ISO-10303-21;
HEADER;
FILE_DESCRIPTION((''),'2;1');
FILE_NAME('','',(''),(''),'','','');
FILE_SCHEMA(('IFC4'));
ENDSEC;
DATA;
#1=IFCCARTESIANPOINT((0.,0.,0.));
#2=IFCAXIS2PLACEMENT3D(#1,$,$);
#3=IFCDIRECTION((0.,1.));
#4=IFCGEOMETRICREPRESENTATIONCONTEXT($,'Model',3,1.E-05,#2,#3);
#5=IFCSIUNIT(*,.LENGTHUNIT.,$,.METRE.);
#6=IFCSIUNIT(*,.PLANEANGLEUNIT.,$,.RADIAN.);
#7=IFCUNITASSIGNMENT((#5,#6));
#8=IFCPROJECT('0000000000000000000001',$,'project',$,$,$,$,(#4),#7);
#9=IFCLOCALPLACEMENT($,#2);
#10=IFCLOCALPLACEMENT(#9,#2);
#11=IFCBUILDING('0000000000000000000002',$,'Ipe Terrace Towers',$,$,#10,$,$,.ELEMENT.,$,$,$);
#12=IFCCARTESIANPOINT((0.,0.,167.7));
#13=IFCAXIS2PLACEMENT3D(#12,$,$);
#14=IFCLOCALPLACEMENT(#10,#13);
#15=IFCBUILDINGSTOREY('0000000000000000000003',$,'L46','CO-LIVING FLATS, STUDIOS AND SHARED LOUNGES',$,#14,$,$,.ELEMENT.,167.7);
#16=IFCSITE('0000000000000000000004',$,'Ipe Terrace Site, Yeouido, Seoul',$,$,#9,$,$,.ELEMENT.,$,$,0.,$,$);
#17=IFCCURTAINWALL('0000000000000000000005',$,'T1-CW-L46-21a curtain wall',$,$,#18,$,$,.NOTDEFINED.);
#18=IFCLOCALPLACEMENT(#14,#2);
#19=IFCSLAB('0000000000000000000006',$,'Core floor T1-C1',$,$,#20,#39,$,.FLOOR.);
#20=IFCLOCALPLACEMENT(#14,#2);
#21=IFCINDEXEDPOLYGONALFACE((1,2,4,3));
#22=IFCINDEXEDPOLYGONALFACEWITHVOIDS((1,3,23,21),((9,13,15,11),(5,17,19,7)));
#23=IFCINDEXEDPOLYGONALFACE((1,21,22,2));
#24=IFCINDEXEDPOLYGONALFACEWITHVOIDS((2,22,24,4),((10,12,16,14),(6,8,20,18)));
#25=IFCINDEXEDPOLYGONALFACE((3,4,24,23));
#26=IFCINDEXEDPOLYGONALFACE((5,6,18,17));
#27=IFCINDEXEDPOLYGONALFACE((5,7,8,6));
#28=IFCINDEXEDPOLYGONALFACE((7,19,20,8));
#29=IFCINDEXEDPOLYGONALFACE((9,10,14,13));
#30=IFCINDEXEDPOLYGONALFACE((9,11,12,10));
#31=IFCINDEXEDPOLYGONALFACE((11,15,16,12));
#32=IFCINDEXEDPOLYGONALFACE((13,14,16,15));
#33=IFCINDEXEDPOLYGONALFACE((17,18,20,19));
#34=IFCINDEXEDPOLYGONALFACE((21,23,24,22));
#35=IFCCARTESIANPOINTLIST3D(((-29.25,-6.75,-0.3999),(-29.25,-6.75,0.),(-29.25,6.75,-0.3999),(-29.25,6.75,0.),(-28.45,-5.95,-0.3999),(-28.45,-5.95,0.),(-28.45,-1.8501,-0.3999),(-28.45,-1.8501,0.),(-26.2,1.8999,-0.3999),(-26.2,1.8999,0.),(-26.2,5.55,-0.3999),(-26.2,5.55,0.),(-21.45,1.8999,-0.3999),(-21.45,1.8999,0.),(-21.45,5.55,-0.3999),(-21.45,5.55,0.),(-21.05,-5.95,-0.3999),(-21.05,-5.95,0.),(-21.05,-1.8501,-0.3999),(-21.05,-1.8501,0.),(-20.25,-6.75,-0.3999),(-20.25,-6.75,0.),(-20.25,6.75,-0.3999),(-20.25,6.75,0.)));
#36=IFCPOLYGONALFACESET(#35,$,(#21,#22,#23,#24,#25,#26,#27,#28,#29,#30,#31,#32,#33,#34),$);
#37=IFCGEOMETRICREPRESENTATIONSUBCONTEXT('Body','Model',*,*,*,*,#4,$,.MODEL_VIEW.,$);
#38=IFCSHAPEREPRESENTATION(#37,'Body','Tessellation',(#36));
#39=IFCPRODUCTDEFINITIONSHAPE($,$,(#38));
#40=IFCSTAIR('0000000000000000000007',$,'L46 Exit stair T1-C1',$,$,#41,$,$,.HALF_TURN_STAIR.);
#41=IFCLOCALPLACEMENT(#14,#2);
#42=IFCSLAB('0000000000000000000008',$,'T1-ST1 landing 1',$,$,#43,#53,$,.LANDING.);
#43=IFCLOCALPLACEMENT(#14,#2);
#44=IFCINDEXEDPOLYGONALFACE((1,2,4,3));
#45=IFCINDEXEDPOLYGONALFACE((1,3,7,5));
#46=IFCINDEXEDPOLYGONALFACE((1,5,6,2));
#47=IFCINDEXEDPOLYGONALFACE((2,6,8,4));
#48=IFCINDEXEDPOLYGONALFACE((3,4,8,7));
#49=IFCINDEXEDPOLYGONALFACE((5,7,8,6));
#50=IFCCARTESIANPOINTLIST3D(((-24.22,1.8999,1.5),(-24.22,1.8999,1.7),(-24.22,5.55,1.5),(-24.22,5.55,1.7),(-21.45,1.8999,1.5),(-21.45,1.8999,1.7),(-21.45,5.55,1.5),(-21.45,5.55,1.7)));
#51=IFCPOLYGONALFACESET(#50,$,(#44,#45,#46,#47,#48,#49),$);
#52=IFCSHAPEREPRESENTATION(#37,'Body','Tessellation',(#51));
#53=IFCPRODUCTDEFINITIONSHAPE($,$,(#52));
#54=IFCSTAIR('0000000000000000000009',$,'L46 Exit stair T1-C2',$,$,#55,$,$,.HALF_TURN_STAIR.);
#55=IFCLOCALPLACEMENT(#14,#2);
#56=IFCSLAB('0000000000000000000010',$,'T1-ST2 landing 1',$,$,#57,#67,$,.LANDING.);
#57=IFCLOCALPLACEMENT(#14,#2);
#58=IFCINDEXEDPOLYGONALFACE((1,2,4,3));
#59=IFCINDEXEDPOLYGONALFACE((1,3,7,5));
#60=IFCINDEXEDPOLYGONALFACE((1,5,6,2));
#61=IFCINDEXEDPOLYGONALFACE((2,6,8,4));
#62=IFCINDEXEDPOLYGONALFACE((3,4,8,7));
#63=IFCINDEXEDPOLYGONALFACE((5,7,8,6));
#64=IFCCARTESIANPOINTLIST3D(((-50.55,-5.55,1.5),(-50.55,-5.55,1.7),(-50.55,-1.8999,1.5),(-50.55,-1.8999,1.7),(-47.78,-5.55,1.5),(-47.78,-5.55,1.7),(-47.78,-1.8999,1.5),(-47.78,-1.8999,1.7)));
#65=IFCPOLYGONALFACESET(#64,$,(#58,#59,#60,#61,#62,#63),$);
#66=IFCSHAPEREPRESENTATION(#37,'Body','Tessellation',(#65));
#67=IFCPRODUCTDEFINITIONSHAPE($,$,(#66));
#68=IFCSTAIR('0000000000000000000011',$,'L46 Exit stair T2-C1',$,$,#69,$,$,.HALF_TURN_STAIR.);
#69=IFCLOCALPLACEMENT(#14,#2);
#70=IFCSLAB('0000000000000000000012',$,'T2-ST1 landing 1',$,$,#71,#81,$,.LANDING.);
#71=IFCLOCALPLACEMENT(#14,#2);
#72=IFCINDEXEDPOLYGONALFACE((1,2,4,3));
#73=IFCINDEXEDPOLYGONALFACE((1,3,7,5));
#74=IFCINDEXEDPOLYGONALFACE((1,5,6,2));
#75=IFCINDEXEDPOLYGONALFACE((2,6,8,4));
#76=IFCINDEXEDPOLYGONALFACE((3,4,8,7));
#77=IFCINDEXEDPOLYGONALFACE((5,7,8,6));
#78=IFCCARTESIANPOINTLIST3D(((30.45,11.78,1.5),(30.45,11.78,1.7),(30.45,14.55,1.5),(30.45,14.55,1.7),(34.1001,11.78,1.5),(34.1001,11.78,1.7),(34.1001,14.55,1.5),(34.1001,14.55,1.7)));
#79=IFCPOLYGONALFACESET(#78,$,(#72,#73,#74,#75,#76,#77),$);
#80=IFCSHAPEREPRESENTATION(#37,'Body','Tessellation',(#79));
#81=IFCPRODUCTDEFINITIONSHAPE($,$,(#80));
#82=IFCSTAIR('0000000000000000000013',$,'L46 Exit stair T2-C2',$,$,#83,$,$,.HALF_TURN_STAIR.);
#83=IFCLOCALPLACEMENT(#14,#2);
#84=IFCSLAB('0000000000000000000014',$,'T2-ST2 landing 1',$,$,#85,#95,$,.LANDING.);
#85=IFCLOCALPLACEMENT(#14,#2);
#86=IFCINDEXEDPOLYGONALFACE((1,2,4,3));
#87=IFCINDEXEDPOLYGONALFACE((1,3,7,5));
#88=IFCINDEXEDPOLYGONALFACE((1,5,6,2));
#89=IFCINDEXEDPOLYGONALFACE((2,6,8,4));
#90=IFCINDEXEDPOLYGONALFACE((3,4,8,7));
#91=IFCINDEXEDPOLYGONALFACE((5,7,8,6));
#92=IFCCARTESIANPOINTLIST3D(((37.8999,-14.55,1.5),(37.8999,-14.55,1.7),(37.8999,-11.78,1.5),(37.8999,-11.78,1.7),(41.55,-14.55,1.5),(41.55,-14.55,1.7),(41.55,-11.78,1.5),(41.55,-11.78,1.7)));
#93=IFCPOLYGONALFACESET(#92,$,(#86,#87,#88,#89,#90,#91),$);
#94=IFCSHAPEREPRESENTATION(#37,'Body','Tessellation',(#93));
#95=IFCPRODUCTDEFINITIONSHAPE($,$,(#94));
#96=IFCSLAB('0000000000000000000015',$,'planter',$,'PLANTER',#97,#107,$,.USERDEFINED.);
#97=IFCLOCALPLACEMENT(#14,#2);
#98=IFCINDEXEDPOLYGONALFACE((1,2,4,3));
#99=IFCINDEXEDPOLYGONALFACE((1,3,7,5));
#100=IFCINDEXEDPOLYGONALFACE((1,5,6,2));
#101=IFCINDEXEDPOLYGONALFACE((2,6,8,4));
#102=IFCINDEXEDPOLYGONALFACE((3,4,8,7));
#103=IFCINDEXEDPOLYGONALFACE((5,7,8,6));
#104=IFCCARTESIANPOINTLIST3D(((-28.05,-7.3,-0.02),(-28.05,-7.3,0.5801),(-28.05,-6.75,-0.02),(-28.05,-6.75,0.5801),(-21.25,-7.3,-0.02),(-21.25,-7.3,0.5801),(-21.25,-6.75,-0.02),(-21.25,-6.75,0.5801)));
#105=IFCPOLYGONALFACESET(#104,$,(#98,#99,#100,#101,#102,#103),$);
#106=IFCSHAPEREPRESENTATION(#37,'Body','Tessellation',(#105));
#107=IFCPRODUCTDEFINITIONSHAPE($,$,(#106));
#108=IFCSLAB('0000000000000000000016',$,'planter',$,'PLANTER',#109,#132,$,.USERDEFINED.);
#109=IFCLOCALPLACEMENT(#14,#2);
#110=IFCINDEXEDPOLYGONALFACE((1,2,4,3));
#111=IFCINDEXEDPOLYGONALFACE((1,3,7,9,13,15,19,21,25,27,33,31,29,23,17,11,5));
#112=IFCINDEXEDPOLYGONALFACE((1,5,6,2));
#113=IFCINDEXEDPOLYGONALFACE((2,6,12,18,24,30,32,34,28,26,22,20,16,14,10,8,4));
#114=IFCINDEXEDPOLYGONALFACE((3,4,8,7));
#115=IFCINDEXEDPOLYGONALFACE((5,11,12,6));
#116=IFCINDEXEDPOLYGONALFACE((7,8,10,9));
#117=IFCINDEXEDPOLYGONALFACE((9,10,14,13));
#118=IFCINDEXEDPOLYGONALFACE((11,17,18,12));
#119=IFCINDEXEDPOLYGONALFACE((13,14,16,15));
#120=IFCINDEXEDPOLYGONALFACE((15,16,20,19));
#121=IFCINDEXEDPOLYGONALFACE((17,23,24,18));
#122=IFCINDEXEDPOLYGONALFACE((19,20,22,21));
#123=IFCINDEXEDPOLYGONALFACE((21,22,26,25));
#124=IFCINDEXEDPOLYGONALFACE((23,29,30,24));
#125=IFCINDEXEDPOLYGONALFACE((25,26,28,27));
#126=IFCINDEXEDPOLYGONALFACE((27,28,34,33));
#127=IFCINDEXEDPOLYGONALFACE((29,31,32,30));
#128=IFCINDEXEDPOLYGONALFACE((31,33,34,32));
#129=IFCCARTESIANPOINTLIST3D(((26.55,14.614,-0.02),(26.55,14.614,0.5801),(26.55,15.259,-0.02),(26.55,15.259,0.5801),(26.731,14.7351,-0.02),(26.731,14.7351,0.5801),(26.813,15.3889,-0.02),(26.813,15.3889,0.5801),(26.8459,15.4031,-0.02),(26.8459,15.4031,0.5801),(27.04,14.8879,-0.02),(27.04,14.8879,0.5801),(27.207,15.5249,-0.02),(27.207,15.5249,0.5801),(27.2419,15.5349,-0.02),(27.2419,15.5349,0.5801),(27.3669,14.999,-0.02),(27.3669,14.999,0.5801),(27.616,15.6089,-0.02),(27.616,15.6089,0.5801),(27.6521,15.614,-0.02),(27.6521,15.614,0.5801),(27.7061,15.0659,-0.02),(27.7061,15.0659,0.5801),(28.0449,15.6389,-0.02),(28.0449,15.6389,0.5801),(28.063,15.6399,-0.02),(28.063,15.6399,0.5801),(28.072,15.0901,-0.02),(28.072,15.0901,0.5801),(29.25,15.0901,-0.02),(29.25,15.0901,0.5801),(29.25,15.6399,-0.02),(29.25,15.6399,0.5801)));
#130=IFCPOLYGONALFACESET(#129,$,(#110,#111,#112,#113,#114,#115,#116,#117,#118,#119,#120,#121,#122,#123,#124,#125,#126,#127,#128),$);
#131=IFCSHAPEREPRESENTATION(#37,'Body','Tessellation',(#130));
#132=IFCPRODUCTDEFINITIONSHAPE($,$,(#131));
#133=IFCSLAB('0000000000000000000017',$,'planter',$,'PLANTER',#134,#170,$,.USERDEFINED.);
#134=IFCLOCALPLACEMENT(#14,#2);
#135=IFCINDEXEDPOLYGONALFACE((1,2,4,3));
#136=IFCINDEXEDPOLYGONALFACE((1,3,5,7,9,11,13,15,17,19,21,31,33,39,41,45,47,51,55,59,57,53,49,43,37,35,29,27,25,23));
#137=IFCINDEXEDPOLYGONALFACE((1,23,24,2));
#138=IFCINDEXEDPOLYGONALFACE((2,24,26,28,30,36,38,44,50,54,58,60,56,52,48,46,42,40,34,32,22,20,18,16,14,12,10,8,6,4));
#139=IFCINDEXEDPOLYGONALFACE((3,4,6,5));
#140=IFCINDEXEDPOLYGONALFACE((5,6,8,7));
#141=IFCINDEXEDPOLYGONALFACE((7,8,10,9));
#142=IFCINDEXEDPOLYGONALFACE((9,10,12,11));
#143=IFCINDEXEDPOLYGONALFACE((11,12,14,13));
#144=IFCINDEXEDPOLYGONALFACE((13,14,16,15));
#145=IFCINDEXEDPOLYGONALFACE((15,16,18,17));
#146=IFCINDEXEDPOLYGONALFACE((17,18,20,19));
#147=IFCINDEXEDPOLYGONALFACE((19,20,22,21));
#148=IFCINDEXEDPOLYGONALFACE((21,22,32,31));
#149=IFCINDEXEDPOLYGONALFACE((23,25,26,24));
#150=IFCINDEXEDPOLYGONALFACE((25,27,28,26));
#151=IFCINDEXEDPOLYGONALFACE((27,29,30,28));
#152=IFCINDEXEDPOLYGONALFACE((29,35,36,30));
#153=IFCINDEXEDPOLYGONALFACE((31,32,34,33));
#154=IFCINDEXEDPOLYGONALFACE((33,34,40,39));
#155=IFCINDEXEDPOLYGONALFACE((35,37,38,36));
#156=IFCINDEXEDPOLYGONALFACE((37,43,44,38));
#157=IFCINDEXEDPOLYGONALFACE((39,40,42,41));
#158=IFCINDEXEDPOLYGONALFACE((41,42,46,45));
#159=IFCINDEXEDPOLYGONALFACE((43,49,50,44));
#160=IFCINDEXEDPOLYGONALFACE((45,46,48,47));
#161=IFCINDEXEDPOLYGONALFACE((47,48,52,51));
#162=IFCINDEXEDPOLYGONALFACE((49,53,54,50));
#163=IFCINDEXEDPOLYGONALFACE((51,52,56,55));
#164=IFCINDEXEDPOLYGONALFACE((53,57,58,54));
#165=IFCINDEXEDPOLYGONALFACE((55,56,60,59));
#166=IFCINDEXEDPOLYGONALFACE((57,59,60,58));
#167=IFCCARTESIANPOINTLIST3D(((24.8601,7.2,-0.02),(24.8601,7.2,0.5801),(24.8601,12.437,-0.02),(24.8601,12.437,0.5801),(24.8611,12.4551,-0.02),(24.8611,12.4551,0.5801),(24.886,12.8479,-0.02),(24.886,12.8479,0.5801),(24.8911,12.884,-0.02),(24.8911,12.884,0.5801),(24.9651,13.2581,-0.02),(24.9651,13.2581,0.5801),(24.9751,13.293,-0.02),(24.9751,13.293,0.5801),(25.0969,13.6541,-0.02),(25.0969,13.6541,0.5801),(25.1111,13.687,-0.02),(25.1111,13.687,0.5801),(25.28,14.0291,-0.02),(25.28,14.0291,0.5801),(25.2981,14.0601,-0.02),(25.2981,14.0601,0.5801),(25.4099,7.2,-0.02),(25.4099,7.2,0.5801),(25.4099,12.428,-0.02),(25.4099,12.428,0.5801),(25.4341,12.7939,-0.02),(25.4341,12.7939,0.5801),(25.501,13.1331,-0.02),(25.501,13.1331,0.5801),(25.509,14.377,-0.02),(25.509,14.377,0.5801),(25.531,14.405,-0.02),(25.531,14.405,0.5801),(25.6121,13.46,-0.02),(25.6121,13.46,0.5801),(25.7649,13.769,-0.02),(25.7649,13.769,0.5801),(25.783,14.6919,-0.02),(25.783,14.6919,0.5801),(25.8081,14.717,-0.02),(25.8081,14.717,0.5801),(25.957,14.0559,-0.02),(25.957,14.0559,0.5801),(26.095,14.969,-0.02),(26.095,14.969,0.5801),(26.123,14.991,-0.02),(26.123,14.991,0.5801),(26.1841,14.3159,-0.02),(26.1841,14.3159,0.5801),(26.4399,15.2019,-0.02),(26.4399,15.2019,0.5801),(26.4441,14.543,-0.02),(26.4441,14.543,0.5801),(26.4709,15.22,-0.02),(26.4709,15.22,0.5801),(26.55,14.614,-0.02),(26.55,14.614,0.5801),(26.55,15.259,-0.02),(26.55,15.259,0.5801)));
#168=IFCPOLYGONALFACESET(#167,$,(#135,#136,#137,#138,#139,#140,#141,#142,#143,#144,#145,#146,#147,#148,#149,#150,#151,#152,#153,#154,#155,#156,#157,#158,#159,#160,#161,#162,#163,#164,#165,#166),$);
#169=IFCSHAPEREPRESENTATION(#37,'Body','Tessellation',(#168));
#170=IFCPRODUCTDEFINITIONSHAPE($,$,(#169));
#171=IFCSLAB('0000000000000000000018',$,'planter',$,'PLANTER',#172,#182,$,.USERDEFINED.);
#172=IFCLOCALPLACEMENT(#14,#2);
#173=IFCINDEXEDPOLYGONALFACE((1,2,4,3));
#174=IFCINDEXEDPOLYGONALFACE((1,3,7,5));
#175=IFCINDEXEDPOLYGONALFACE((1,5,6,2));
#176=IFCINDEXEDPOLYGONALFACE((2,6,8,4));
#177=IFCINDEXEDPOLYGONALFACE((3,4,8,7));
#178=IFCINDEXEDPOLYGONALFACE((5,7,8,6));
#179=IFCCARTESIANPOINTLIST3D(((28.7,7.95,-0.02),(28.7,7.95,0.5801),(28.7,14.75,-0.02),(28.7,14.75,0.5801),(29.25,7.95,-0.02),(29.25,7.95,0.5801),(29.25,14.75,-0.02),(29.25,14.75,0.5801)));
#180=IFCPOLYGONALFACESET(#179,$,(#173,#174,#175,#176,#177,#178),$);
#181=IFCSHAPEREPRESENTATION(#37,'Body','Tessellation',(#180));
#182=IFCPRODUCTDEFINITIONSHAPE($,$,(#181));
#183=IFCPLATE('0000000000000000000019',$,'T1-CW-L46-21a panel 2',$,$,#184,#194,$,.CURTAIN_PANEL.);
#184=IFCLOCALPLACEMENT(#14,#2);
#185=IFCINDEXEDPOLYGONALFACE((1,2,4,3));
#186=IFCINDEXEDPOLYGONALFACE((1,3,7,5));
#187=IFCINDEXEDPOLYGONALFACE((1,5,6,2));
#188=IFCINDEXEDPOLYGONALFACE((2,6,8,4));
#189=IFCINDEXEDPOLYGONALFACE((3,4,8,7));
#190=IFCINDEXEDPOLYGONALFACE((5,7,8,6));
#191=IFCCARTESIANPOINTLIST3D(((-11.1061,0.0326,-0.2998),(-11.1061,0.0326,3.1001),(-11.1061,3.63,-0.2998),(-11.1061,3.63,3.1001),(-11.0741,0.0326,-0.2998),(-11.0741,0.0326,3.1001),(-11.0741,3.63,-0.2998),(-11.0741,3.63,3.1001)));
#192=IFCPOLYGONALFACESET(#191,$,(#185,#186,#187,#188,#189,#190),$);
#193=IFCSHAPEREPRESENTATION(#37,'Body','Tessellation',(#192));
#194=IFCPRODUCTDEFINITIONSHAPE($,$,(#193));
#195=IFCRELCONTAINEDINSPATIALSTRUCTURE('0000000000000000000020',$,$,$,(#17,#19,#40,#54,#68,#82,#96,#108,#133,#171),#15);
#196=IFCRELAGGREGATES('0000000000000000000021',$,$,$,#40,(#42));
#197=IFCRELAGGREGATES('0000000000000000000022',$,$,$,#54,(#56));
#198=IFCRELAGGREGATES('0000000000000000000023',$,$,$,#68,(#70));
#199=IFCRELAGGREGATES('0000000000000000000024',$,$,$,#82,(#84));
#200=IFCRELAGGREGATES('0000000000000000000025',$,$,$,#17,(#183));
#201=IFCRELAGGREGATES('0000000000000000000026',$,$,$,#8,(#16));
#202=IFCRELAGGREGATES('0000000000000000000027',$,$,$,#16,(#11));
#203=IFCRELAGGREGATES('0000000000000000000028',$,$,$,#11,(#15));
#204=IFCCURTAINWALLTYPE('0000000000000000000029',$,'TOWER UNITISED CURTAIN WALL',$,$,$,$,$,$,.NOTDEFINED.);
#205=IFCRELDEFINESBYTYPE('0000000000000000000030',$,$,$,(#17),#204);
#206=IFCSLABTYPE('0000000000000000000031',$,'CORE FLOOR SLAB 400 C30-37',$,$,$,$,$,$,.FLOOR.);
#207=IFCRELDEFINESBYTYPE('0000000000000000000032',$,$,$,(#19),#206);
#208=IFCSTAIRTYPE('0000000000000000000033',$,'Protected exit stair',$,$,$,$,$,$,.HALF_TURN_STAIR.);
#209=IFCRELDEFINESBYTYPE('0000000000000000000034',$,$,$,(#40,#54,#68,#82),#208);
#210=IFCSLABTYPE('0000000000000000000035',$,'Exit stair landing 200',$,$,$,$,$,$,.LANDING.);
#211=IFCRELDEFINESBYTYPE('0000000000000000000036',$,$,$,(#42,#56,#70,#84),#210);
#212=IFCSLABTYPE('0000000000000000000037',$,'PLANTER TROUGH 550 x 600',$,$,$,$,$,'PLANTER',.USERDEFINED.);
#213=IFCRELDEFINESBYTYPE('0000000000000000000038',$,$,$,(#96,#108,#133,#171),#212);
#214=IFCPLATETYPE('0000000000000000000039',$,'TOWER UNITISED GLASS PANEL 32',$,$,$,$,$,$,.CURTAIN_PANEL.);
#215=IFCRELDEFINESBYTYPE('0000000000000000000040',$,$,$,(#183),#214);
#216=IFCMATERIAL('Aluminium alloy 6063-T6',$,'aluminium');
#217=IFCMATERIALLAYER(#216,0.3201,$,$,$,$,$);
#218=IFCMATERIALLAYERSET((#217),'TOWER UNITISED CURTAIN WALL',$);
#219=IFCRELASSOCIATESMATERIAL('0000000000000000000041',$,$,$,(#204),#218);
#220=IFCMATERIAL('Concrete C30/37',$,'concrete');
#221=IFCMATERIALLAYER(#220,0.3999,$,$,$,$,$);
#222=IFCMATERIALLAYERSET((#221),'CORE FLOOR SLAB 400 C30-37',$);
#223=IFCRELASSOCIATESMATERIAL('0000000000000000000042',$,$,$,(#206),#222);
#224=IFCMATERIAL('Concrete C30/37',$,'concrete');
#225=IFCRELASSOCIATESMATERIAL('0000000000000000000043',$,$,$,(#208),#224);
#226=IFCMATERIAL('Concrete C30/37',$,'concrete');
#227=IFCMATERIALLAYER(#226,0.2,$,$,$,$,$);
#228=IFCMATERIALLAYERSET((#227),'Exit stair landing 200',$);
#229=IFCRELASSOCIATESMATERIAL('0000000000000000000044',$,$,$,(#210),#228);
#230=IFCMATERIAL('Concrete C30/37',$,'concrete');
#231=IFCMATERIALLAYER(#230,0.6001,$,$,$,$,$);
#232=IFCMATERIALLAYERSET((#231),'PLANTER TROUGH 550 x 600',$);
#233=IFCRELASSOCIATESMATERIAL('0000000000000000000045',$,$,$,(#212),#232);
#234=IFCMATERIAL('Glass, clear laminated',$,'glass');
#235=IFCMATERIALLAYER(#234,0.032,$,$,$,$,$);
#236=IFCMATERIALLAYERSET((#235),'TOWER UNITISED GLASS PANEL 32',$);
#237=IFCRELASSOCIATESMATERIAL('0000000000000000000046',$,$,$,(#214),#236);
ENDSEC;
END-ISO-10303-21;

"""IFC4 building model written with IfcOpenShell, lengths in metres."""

from ifc_helpers import new_model, si_unit, direction, frame, origin, origin_2d, place, context, subcontext, project, spatial, polyline, rectangle, outline, extrude, material, layer, layer_set, type_object, element, aggregate, save


model = new_model("IFC4")

# Units and contexts
model_context = context("Model", 3, precision=1e-05, world=origin(), true_north=direction((0.0, 1.0)))
body_context = subcontext(model_context, "Body", "Model", "MODEL_VIEW")
ifc_project = project(units=[si_unit("LENGTHUNIT", "METRE"), si_unit("PLANEANGLEUNIT", "RADIAN")], contexts=[model_context])

# Site, building, storey
site_placement = place(None, origin())
site = spatial("IfcSite", under=ifc_project, at=site_placement, Name="Ipe Terrace Site, Yeouido, Seoul", CompositionType="ELEMENT", RefElevation=0.0)
building_placement = place(site_placement, origin())
building = spatial("IfcBuilding", under=site, at=building_placement, Name="Ipe Terrace Towers", CompositionType="ELEMENT")
storey_placement = place(building_placement, frame((0.0, 0.0, 167.7)))
storey = spatial("IfcBuildingStorey", under=building, at=storey_placement, Name="L46", Description="CO-LIVING FLATS, STUDIOS AND SHARED LOUNGES", CompositionType="ELEMENT", Elevation=167.7)

# Curtain wall
ifc_material_1 = material(Name="Aluminium alloy 6063-T6", Category="aluminium")
ifc_layer_1 = layer(ifc_material_1, 0.3201)
ifc_layer_set_1 = layer_set([ifc_layer_1], Name="TOWER UNITISED CURTAIN WALL")
curtain_wall_type = type_object("IfcCurtainWallType", Name="TOWER UNITISED CURTAIN WALL", PredefinedType="NOTDEFINED", material=ifc_layer_set_1)
curtain_wall_1_placement = place(storey_placement, origin())
curtain_wall_1 = element("IfcCurtainWall", 1, at=curtain_wall_1_placement, inside=storey, type_object=curtain_wall_type, Name="T1-CW-L46-21a curtain wall", PredefinedType="NOTDEFINED")

# Slab
ifc_material_2 = material(Name="Concrete C30/37", Category="concrete")
ifc_layer_2 = layer(ifc_material_2, 0.3999)
ifc_layer_set_2 = layer_set([ifc_layer_2], Name="CORE FLOOR SLAB 400 C30-37")
slab_type_1 = type_object("IfcSlabType", Name="CORE FLOOR SLAB 400 C30-37", PredefinedType="FLOOR", material=ifc_layer_set_2)
slab_1_placement = place(storey_placement, frame((0.0, 0.0, -0.3999)))
element("IfcSlab", 2, at=slab_1_placement, inside=storey, type_object=slab_type_1, Name="Core floor T1-C1", PredefinedType="FLOOR", context=body_context, shape_type="SweptSolid", body=[
    extrude(outline(polyline([(-29.25, -6.75), (-29.25, 6.75), (-20.25, 6.75), (-20.25, -6.75), (-29.25, -6.75)]), holes=[polyline([(-28.45, -5.95), (-21.05, -5.95), (-21.05, -1.8501), (-28.45, -1.8501), (-28.45, -5.95)]), polyline([(-26.2, 5.55), (-26.2, 1.8999), (-21.45, 1.8999), (-21.45, 5.55), (-26.2, 5.55)])]), origin(), (0.0, 0.0, 1.0), 0.3999),
])

# Stairs, slabs
ifc_material_3 = material(Name="Concrete C30/37", Category="concrete")
stair_type = type_object("IfcStairType", Name="Protected exit stair", PredefinedType="HALF_TURN_STAIR", material=ifc_material_3)
stair_1_placement = place(storey_placement, origin())
stair_1 = element("IfcStair", 3, at=stair_1_placement, inside=storey, type_object=stair_type, Name="L46 Exit stair T1-C1", PredefinedType="HALF_TURN_STAIR")
ifc_material_4 = material(Name="Concrete C30/37", Category="concrete")
ifc_layer_3 = layer(ifc_material_4, 0.2)
ifc_layer_set_3 = layer_set([ifc_layer_3], Name="Exit stair landing 200")
slab_type_2 = type_object("IfcSlabType", Name="Exit stair landing 200", PredefinedType="LANDING", material=ifc_layer_set_3)
slab_2_placement = place(storey_placement, frame((0.0, 0.0, 1.5)))
slab_2 = element("IfcSlab", 4, at=slab_2_placement, type_object=slab_type_2, Name="T1-ST1 landing 1", PredefinedType="LANDING", context=body_context, shape_type="SweptSolid", body=[
    extrude(outline(polyline([(-24.22, 1.8999), (-21.45, 1.8999), (-21.45, 5.55), (-24.22, 5.55), (-24.22, 1.8999)])), origin(), (0.0, 0.0, 1.0), 0.2),
])
aggregate(stair_1, [slab_2])
stair_2_placement = place(storey_placement, origin())
stair_2 = element("IfcStair", 5, at=stair_2_placement, inside=storey, type_object=stair_type, Name="L46 Exit stair T1-C2", PredefinedType="HALF_TURN_STAIR")
slab_3_placement = place(storey_placement, frame((0.0, 0.0, 1.5)))
slab_3 = element("IfcSlab", 6, at=slab_3_placement, type_object=slab_type_2, Name="T1-ST2 landing 1", PredefinedType="LANDING", context=body_context, shape_type="SweptSolid", body=[
    extrude(outline(polyline([(-47.78, -1.8999), (-50.55, -1.8999), (-50.55, -5.55), (-47.78, -5.55), (-47.78, -1.8999)])), origin(), (0.0, 0.0, 1.0), 0.2),
])
aggregate(stair_2, [slab_3])
stair_3_placement = place(storey_placement, origin())
stair_3 = element("IfcStair", 7, at=stair_3_placement, inside=storey, type_object=stair_type, Name="L46 Exit stair T2-C1", PredefinedType="HALF_TURN_STAIR")
slab_4_placement = place(storey_placement, frame((0.0, 0.0, 1.5)))
slab_4 = element("IfcSlab", 8, at=slab_4_placement, type_object=slab_type_2, Name="T2-ST1 landing 1", PredefinedType="LANDING", context=body_context, shape_type="SweptSolid", body=[
    extrude(outline(polyline([(34.1001, 11.78), (34.1001, 14.55), (30.45, 14.55), (30.45, 11.78), (34.1001, 11.78)])), origin(), (0.0, 0.0, 1.0), 0.2),
])
aggregate(stair_3, [slab_4])
stair_4_placement = place(storey_placement, origin())
stair_4 = element("IfcStair", 9, at=stair_4_placement, inside=storey, type_object=stair_type, Name="L46 Exit stair T2-C2", PredefinedType="HALF_TURN_STAIR")
slab_5_placement = place(storey_placement, frame((0.0, 0.0, 1.5)))
slab_5 = element("IfcSlab", 10, at=slab_5_placement, type_object=slab_type_2, Name="T2-ST2 landing 1", PredefinedType="LANDING", context=body_context, shape_type="SweptSolid", body=[
    extrude(outline(polyline([(37.8999, -11.78), (37.8999, -14.55), (41.55, -14.55), (41.55, -11.78), (37.8999, -11.78)])), origin(), (0.0, 0.0, 1.0), 0.2),
])
aggregate(stair_4, [slab_5])

# Slabs
ifc_material_5 = material(Name="Concrete C30/37", Category="concrete")
ifc_layer_4 = layer(ifc_material_5, 0.6001)
ifc_layer_set_4 = layer_set([ifc_layer_4], Name="PLANTER TROUGH 550 x 600")
slab_type_3 = type_object("IfcSlabType", Name="PLANTER TROUGH 550 x 600", ElementType="PLANTER", PredefinedType="USERDEFINED", material=ifc_layer_set_4)
slab_6_placement = place(storey_placement, frame((0.0, 0.0, -0.02)))
element("IfcSlab", 11, at=slab_6_placement, inside=storey, type_object=slab_type_3, Name="planter", ObjectType="PLANTER", PredefinedType="USERDEFINED", context=body_context, shape_type="SweptSolid", body=[
    extrude(outline(polyline([(-28.05, -6.75), (-28.05, -7.3), (-21.25, -7.3), (-21.25, -6.75), (-28.05, -6.75)])), origin(), (0.0, 0.0, 1.0), 0.6001),
])
slab_7_placement = place(storey_placement, frame((0.0, 0.0, -0.02)))
element("IfcSlab", 12, at=slab_7_placement, inside=storey, type_object=slab_type_3, Name="planter", ObjectType="PLANTER", PredefinedType="USERDEFINED", context=body_context, shape_type="SweptSolid", body=[
    extrude(outline(polyline([(27.3669, 14.999), (27.7061, 15.0659), (28.072, 15.0901), (29.25, 15.0901), (29.25, 15.6399), (28.063, 15.6399), (28.0449, 15.6389), (27.6521, 15.614), (27.616, 15.6089), (27.2419, 15.5349), (27.207, 15.5249), (26.8459, 15.4031), (26.813, 15.3889), (26.55, 15.259), (26.55, 14.614), (26.731, 14.7351), (27.04, 14.8879), (27.3669, 14.999)])), origin(), (0.0, 0.0, 1.0), 0.6001),
])
slab_8_placement = place(storey_placement, frame((0.0, 0.0, -0.02)))
element("IfcSlab", 13, at=slab_8_placement, inside=storey, type_object=slab_type_3, Name="planter", ObjectType="PLANTER", PredefinedType="USERDEFINED", context=body_context, shape_type="SweptSolid", body=[
    extrude(outline(polyline([(26.4441, 14.543), (26.55, 14.614), (26.55, 15.259), (26.4709, 15.22), (26.4399, 15.2019), (26.123, 14.991), (26.095, 14.969), (25.8081, 14.717), (25.783, 14.6919), (25.531, 14.405), (25.509, 14.377), (25.2981, 14.0601), (25.28, 14.0291), (25.1111, 13.687), (25.0969, 13.6541), (24.9751, 13.293), (24.9651, 13.2581), (24.8911, 12.884), (24.886, 12.8479), (24.8611, 12.4551), (24.8601, 12.437), (24.8601, 7.2), (25.4099, 7.2), (25.4099, 12.428), (25.4341, 12.7939), (25.501, 13.1331), (25.6121, 13.46), (25.7649, 13.769), (25.957, 14.0559), (26.1841, 14.3159), (26.4441, 14.543)])), origin(), (0.0, 0.0, 1.0), 0.6001),
])
slab_9_placement = place(storey_placement, frame((0.0, 0.0, -0.02)))
element("IfcSlab", 14, at=slab_9_placement, inside=storey, type_object=slab_type_3, Name="planter", ObjectType="PLANTER", PredefinedType="USERDEFINED", context=body_context, shape_type="SweptSolid", body=[
    extrude(outline(polyline([(29.25, 7.95), (29.25, 14.75), (28.7, 14.75), (28.7, 7.95), (29.25, 7.95)])), origin(), (0.0, 0.0, 1.0), 0.6001),
])

# Plate
ifc_material_6 = material(Name="Glass, clear laminated", Category="glass")
ifc_layer_5 = layer(ifc_material_6, 0.032)
ifc_layer_set_5 = layer_set([ifc_layer_5], Name="TOWER UNITISED GLASS PANEL 32")
plate_type = type_object("IfcPlateType", Name="TOWER UNITISED GLASS PANEL 32", PredefinedType="CURTAIN_PANEL", material=ifc_layer_set_5)
plate_1_placement = place(storey_placement, frame((-11.0901, 1.8313, -0.2998), z_axis=(0.0, 0.0, 1.0), x_axis=(0.0, 1.0, 0.0)))
plate_1 = element("IfcPlate", 15, at=plate_1_placement, type_object=plate_type, Name="T1-CW-L46-21a panel 2", PredefinedType="CURTAIN_PANEL", context=body_context, shape_type="SweptSolid", body=[
    extrude(rectangle(XDim=3.5974, YDim=0.032, at=origin_2d()), origin(), (0.0, 0.0, 1.0), 3.3999),
])
aggregate(curtain_wall_1, [plate_1])

save(model, "model.ifc")
